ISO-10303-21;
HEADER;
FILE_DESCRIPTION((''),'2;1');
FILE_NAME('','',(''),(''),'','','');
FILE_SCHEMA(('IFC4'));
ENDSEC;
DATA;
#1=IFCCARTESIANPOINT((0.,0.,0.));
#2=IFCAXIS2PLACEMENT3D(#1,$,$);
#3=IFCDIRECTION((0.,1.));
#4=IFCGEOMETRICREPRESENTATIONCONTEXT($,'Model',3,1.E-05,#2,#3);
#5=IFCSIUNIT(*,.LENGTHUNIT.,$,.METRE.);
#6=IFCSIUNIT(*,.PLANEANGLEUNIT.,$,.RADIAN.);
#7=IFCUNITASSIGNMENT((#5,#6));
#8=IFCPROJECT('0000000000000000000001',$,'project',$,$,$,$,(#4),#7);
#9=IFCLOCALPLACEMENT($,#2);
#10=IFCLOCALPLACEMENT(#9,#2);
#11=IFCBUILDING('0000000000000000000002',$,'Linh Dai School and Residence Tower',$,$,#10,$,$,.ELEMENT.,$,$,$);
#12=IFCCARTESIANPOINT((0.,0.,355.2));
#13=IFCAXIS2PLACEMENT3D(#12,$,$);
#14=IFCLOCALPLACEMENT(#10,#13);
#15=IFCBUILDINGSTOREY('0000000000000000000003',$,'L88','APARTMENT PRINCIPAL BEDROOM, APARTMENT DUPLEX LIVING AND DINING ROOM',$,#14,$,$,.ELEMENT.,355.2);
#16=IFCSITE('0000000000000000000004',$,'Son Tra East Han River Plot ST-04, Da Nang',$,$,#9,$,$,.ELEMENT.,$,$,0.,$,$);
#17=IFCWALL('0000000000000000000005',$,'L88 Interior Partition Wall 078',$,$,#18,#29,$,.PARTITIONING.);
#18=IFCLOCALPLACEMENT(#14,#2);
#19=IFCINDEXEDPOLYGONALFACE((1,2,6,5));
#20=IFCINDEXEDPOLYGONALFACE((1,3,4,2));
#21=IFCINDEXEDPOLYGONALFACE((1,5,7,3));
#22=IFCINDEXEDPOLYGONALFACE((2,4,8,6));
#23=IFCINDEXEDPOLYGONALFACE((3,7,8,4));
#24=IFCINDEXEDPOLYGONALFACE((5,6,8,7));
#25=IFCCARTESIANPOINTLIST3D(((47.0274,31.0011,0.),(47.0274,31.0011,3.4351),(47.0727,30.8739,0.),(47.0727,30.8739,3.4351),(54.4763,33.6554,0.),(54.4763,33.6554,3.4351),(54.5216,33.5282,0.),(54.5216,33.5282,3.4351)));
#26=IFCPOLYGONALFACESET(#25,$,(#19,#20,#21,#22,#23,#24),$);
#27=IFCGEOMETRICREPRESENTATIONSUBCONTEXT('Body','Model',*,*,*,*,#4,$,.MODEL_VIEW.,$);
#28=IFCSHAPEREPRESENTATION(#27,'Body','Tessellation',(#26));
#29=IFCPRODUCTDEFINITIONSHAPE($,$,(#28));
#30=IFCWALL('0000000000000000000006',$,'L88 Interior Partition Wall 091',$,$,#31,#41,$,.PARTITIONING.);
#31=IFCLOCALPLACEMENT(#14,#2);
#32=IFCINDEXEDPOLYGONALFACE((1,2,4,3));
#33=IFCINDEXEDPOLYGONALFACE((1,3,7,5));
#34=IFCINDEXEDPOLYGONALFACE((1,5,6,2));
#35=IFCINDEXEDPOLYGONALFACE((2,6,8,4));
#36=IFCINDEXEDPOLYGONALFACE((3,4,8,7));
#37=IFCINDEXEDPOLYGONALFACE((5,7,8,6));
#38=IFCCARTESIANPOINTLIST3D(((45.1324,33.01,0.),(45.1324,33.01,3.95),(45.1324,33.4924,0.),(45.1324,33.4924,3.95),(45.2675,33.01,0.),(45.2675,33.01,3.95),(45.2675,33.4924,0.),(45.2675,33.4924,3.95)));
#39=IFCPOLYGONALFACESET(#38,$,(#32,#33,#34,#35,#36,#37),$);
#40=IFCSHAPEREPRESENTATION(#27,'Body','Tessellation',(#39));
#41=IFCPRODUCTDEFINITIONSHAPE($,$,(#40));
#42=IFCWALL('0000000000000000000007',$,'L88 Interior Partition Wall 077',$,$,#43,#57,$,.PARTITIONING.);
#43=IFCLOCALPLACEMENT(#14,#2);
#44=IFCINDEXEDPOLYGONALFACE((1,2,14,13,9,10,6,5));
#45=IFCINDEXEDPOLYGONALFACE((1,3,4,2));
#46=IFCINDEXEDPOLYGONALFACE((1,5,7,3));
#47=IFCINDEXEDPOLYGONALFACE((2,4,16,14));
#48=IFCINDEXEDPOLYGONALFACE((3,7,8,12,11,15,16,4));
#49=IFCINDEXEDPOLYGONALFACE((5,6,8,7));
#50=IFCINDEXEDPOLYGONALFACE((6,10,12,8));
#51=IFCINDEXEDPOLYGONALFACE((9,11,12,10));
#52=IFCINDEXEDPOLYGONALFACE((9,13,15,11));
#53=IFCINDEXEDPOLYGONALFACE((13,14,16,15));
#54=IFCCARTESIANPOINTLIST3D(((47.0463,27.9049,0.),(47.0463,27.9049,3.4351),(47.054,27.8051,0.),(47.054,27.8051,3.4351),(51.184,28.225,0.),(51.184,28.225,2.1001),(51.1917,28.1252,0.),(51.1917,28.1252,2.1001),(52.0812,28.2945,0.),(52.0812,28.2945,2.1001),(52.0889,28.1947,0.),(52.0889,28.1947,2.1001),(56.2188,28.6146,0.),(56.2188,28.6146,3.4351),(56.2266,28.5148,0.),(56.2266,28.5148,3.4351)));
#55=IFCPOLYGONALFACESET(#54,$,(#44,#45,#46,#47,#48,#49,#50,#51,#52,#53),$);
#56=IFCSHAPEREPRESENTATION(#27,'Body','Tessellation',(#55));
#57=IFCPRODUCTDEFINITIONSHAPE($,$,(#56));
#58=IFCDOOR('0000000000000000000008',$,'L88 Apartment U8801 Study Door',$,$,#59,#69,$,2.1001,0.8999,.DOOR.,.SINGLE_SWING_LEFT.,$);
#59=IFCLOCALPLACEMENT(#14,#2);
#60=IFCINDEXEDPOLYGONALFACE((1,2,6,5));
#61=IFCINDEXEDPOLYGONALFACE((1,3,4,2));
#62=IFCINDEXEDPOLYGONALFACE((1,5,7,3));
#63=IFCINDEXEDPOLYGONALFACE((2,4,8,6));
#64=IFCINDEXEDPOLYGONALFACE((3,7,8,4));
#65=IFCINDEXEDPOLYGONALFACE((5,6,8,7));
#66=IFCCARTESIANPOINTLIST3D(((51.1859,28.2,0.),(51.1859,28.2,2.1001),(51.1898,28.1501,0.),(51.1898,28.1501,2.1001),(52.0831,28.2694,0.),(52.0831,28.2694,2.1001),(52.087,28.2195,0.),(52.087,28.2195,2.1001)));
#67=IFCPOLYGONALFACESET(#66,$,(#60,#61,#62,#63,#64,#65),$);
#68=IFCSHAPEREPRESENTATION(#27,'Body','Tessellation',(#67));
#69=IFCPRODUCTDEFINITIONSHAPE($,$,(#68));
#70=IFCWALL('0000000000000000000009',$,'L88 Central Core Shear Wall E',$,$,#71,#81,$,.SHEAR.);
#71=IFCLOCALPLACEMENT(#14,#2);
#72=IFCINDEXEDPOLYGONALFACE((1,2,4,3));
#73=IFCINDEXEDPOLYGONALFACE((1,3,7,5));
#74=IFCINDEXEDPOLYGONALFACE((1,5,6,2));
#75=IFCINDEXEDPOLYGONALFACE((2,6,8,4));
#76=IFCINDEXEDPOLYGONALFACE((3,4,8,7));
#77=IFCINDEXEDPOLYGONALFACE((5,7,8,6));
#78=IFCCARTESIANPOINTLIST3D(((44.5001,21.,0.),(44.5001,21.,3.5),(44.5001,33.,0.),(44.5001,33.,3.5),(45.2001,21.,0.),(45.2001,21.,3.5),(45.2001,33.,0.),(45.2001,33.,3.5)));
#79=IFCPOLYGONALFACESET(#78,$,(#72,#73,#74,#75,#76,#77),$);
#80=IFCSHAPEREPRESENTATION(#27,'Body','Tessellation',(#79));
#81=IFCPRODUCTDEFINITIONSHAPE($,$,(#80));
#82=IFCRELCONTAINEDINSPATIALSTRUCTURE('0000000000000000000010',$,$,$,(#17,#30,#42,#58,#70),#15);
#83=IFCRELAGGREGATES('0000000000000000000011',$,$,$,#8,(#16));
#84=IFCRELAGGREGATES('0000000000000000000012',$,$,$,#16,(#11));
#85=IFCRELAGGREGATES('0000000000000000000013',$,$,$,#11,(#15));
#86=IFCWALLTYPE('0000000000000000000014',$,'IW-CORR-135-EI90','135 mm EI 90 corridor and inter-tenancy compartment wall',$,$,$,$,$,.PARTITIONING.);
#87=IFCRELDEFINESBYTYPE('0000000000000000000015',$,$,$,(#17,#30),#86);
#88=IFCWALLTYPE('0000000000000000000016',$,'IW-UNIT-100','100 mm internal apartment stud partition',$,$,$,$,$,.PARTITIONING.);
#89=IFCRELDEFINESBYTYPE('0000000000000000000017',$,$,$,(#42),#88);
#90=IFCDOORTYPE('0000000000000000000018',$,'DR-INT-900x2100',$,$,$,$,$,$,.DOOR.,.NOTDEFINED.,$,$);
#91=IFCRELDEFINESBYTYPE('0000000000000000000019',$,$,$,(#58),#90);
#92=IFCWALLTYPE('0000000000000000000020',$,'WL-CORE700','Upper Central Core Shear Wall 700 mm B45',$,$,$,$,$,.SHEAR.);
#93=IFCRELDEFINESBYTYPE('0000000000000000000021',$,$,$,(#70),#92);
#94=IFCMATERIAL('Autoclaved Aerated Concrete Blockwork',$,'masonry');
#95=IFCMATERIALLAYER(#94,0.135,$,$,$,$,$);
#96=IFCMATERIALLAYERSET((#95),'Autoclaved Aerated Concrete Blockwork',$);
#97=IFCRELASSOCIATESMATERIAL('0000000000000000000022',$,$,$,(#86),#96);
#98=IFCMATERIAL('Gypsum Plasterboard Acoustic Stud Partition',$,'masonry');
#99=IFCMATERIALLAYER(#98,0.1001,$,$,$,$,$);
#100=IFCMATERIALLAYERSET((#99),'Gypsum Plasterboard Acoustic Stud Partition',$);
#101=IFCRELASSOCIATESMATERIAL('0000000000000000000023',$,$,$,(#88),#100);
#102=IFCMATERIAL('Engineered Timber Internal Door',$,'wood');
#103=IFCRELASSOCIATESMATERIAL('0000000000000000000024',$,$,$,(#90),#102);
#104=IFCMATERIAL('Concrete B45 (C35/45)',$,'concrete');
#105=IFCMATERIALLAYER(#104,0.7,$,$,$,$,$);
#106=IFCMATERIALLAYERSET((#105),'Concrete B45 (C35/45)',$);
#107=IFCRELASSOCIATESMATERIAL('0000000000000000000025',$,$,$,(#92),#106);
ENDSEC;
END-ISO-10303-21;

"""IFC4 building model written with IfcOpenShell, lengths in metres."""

from ifc_helpers import new_model, si_unit, direction, frame, frame_2d, origin, origin_2d, place, context, subcontext, project, spatial, rectangle, extrude, source, transform, mapped, material, layer, layer_set, type_object, element, fill, save


model = new_model("IFC4")

# Units and contexts
model_context = context("Model", 3, precision=1e-05, world=origin(), true_north=direction((0.0, 1.0)))
body_context = subcontext(model_context, "Body", "Model", "MODEL_VIEW")
ifc_project = project(units=[si_unit("LENGTHUNIT", "METRE"), si_unit("PLANEANGLEUNIT", "RADIAN")], contexts=[model_context])

# Site, building, storey
site_placement = place(None, origin())
site = spatial("IfcSite", under=ifc_project, at=site_placement, Name="Son Tra East Han River Plot ST-04, Da Nang", CompositionType="ELEMENT", RefElevation=0.0)
building_placement = place(site_placement, origin())
building = spatial("IfcBuilding", under=site, at=building_placement, Name="Linh Dai School and Residence Tower", CompositionType="ELEMENT")
storey_placement = place(building_placement, frame((0.0, 0.0, 355.2)))
storey = spatial("IfcBuildingStorey", under=building, at=storey_placement, Name="L88", Description="APARTMENT PRINCIPAL BEDROOM, APARTMENT DUPLEX LIVING AND DINING ROOM", CompositionType="ELEMENT", Elevation=355.2)

# Walls
ifc_material_1 = material(Name="Autoclaved Aerated Concrete Blockwork", Category="masonry")
ifc_layer_1 = layer(ifc_material_1, 0.135)
ifc_layer_set_1 = layer_set([ifc_layer_1], Name="Autoclaved Aerated Concrete Blockwork")
wall_type_1 = type_object("IfcWallType", Name="IW-CORR-135-EI90", Description="135 mm EI 90 corridor and inter-tenancy compartment wall", PredefinedType="PARTITIONING", material=ifc_layer_set_1)
wall_1_placement = place(storey_placement, frame((47.05, 30.9375, 0.0), z_axis=(0.0, 0.0, 1.0), x_axis=(0.941984, 0.335658, 0.0)))
element("IfcWall", 1, at=wall_1_placement, inside=storey, type_object=wall_type_1, Name="L88 Interior Partition Wall 078", PredefinedType="PARTITIONING", context=body_context, shape_type="SweptSolid", body=[
    extrude(rectangle(XDim=7.9077, YDim=0.135, at=frame_2d((3.9539, 0.0))), origin(), (0.0, 0.0, 1.0), 3.4351),
])
wall_2_placement = place(storey_placement, frame((45.2, 33.01, 0.0), z_axis=(0.0, 0.0, 1.0), x_axis=(0.0, 1.0, 0.0)))
element("IfcWall", 2, at=wall_2_placement, inside=storey, type_object=wall_type_1, Name="L88 Interior Partition Wall 091", PredefinedType="PARTITIONING", context=body_context, shape_type="SweptSolid", body=[
    extrude(rectangle(XDim=0.4824, YDim=0.135, at=frame_2d((0.2412, 0.0))), origin(), (0.0, 0.0, 1.0), 3.95),
])

# Wall, opening, door
ifc_material_2 = material(Name="Gypsum Plasterboard Acoustic Stud Partition", Category="masonry")
ifc_layer_2 = layer(ifc_material_2, 0.1001)
ifc_layer_set_2 = layer_set([ifc_layer_2], Name="Gypsum Plasterboard Acoustic Stud Partition")
wall_type_2 = type_object("IfcWallType", Name="IW-UNIT-100", Description="100 mm internal apartment stud partition", PredefinedType="PARTITIONING", material=ifc_layer_set_2)
wall_3_placement = place(storey_placement, frame((47.05, 27.855, 0.0), z_axis=(0.0, 0.0, 1.0), x_axis=(0.99702, 0.077143, 0.0)))
wall_3 = element("IfcWall", 3, at=wall_3_placement, inside=storey, type_object=wall_type_2, Name="L88 Interior Partition Wall 077", PredefinedType="PARTITIONING", context=body_context, shape_type="SweptSolid", body=[
    extrude(rectangle(XDim=9.2, YDim=0.1001, at=frame_2d((4.6001, 0.0))), origin(), (0.0, 0.0, 1.0), 3.4351),
])
opening_placement = place(wall_3_placement, frame((4.1501, 0.0, 0.0)))
opening = element("IfcOpeningElement", 4, at=opening_placement, cuts=wall_3, PredefinedType="OPENING", context=body_context, shape_type="SweptSolid", body=[
    extrude(rectangle(XDim=0.8999, YDim=2.1001, at=origin_2d()), frame((0.45, 0.0601, 1.05), z_axis=(0.0, -1.0, 0.0), x_axis=(1.0, 0.0, 0.0)), (0.0, 0.0, 1.0), 0.1201),
])
ifc_material_3 = material(Name="Engineered Timber Internal Door", Category="wood")
door_type = type_object("IfcDoorType", Name="DR-INT-900x2100", OperationType="NOTDEFINED", PredefinedType="DOOR", material=ifc_material_3)
shared_shape_1 = source(origin(), body_context, "Body", "SweptSolid", [
    extrude(rectangle(XDim=0.8999, YDim=2.1001, at=origin_2d()), frame((0.45, 0.0249, 1.05), z_axis=(0.0, -1.0, 0.0), x_axis=(1.0, 0.0, 0.0)), (0.0, 0.0, 1.0), 0.05),
])
door_placement = place(opening_placement, origin())
door = element("IfcDoor", 5, at=door_placement, inside=storey, type_object=door_type, Name="L88 Apartment U8801 Study Door", OperationType="SINGLE_SWING_LEFT", OverallHeight=2.1001, OverallWidth=0.8999, PredefinedType="DOOR", context=body_context, shape_type="MappedRepresentation", body=[
    mapped(shared_shape_1, transform((0.0, 0.0, 0.0), x_axis=(1.0, 0.0, 0.0), y_axis=(0.0, 1.0, 0.0), z_axis=(0.0, 0.0, 1.0), scale=1.0)),
])
fill(opening, door)

# Wall
ifc_material_4 = material(Name="Concrete B45 (C35/45)", Category="concrete")
ifc_layer_3 = layer(ifc_material_4, 0.7)
ifc_layer_set_3 = layer_set([ifc_layer_3], Name="Concrete B45 (C35/45)")
wall_type_3 = type_object("IfcWallType", Name="WL-CORE700", Description="Upper Central Core Shear Wall 700 mm B45", PredefinedType="SHEAR", material=ifc_layer_set_3)
wall_4_placement = place(storey_placement, frame((44.8501, 33.0, 0.0), z_axis=(0.0, 0.0, 1.0), x_axis=(0.0, -1.0, 0.0)))
element("IfcWall", 6, at=wall_4_placement, inside=storey, type_object=wall_type_3, Name="L88 Central Core Shear Wall E", PredefinedType="SHEAR", context=body_context, shape_type="SweptSolid", body=[
    extrude(rectangle(XDim=12.0, YDim=0.7, at=frame_2d((6.0, 0.0))), origin(), (0.0, 0.0, 1.0), 3.5),
])

save(model, "model.ifc")
